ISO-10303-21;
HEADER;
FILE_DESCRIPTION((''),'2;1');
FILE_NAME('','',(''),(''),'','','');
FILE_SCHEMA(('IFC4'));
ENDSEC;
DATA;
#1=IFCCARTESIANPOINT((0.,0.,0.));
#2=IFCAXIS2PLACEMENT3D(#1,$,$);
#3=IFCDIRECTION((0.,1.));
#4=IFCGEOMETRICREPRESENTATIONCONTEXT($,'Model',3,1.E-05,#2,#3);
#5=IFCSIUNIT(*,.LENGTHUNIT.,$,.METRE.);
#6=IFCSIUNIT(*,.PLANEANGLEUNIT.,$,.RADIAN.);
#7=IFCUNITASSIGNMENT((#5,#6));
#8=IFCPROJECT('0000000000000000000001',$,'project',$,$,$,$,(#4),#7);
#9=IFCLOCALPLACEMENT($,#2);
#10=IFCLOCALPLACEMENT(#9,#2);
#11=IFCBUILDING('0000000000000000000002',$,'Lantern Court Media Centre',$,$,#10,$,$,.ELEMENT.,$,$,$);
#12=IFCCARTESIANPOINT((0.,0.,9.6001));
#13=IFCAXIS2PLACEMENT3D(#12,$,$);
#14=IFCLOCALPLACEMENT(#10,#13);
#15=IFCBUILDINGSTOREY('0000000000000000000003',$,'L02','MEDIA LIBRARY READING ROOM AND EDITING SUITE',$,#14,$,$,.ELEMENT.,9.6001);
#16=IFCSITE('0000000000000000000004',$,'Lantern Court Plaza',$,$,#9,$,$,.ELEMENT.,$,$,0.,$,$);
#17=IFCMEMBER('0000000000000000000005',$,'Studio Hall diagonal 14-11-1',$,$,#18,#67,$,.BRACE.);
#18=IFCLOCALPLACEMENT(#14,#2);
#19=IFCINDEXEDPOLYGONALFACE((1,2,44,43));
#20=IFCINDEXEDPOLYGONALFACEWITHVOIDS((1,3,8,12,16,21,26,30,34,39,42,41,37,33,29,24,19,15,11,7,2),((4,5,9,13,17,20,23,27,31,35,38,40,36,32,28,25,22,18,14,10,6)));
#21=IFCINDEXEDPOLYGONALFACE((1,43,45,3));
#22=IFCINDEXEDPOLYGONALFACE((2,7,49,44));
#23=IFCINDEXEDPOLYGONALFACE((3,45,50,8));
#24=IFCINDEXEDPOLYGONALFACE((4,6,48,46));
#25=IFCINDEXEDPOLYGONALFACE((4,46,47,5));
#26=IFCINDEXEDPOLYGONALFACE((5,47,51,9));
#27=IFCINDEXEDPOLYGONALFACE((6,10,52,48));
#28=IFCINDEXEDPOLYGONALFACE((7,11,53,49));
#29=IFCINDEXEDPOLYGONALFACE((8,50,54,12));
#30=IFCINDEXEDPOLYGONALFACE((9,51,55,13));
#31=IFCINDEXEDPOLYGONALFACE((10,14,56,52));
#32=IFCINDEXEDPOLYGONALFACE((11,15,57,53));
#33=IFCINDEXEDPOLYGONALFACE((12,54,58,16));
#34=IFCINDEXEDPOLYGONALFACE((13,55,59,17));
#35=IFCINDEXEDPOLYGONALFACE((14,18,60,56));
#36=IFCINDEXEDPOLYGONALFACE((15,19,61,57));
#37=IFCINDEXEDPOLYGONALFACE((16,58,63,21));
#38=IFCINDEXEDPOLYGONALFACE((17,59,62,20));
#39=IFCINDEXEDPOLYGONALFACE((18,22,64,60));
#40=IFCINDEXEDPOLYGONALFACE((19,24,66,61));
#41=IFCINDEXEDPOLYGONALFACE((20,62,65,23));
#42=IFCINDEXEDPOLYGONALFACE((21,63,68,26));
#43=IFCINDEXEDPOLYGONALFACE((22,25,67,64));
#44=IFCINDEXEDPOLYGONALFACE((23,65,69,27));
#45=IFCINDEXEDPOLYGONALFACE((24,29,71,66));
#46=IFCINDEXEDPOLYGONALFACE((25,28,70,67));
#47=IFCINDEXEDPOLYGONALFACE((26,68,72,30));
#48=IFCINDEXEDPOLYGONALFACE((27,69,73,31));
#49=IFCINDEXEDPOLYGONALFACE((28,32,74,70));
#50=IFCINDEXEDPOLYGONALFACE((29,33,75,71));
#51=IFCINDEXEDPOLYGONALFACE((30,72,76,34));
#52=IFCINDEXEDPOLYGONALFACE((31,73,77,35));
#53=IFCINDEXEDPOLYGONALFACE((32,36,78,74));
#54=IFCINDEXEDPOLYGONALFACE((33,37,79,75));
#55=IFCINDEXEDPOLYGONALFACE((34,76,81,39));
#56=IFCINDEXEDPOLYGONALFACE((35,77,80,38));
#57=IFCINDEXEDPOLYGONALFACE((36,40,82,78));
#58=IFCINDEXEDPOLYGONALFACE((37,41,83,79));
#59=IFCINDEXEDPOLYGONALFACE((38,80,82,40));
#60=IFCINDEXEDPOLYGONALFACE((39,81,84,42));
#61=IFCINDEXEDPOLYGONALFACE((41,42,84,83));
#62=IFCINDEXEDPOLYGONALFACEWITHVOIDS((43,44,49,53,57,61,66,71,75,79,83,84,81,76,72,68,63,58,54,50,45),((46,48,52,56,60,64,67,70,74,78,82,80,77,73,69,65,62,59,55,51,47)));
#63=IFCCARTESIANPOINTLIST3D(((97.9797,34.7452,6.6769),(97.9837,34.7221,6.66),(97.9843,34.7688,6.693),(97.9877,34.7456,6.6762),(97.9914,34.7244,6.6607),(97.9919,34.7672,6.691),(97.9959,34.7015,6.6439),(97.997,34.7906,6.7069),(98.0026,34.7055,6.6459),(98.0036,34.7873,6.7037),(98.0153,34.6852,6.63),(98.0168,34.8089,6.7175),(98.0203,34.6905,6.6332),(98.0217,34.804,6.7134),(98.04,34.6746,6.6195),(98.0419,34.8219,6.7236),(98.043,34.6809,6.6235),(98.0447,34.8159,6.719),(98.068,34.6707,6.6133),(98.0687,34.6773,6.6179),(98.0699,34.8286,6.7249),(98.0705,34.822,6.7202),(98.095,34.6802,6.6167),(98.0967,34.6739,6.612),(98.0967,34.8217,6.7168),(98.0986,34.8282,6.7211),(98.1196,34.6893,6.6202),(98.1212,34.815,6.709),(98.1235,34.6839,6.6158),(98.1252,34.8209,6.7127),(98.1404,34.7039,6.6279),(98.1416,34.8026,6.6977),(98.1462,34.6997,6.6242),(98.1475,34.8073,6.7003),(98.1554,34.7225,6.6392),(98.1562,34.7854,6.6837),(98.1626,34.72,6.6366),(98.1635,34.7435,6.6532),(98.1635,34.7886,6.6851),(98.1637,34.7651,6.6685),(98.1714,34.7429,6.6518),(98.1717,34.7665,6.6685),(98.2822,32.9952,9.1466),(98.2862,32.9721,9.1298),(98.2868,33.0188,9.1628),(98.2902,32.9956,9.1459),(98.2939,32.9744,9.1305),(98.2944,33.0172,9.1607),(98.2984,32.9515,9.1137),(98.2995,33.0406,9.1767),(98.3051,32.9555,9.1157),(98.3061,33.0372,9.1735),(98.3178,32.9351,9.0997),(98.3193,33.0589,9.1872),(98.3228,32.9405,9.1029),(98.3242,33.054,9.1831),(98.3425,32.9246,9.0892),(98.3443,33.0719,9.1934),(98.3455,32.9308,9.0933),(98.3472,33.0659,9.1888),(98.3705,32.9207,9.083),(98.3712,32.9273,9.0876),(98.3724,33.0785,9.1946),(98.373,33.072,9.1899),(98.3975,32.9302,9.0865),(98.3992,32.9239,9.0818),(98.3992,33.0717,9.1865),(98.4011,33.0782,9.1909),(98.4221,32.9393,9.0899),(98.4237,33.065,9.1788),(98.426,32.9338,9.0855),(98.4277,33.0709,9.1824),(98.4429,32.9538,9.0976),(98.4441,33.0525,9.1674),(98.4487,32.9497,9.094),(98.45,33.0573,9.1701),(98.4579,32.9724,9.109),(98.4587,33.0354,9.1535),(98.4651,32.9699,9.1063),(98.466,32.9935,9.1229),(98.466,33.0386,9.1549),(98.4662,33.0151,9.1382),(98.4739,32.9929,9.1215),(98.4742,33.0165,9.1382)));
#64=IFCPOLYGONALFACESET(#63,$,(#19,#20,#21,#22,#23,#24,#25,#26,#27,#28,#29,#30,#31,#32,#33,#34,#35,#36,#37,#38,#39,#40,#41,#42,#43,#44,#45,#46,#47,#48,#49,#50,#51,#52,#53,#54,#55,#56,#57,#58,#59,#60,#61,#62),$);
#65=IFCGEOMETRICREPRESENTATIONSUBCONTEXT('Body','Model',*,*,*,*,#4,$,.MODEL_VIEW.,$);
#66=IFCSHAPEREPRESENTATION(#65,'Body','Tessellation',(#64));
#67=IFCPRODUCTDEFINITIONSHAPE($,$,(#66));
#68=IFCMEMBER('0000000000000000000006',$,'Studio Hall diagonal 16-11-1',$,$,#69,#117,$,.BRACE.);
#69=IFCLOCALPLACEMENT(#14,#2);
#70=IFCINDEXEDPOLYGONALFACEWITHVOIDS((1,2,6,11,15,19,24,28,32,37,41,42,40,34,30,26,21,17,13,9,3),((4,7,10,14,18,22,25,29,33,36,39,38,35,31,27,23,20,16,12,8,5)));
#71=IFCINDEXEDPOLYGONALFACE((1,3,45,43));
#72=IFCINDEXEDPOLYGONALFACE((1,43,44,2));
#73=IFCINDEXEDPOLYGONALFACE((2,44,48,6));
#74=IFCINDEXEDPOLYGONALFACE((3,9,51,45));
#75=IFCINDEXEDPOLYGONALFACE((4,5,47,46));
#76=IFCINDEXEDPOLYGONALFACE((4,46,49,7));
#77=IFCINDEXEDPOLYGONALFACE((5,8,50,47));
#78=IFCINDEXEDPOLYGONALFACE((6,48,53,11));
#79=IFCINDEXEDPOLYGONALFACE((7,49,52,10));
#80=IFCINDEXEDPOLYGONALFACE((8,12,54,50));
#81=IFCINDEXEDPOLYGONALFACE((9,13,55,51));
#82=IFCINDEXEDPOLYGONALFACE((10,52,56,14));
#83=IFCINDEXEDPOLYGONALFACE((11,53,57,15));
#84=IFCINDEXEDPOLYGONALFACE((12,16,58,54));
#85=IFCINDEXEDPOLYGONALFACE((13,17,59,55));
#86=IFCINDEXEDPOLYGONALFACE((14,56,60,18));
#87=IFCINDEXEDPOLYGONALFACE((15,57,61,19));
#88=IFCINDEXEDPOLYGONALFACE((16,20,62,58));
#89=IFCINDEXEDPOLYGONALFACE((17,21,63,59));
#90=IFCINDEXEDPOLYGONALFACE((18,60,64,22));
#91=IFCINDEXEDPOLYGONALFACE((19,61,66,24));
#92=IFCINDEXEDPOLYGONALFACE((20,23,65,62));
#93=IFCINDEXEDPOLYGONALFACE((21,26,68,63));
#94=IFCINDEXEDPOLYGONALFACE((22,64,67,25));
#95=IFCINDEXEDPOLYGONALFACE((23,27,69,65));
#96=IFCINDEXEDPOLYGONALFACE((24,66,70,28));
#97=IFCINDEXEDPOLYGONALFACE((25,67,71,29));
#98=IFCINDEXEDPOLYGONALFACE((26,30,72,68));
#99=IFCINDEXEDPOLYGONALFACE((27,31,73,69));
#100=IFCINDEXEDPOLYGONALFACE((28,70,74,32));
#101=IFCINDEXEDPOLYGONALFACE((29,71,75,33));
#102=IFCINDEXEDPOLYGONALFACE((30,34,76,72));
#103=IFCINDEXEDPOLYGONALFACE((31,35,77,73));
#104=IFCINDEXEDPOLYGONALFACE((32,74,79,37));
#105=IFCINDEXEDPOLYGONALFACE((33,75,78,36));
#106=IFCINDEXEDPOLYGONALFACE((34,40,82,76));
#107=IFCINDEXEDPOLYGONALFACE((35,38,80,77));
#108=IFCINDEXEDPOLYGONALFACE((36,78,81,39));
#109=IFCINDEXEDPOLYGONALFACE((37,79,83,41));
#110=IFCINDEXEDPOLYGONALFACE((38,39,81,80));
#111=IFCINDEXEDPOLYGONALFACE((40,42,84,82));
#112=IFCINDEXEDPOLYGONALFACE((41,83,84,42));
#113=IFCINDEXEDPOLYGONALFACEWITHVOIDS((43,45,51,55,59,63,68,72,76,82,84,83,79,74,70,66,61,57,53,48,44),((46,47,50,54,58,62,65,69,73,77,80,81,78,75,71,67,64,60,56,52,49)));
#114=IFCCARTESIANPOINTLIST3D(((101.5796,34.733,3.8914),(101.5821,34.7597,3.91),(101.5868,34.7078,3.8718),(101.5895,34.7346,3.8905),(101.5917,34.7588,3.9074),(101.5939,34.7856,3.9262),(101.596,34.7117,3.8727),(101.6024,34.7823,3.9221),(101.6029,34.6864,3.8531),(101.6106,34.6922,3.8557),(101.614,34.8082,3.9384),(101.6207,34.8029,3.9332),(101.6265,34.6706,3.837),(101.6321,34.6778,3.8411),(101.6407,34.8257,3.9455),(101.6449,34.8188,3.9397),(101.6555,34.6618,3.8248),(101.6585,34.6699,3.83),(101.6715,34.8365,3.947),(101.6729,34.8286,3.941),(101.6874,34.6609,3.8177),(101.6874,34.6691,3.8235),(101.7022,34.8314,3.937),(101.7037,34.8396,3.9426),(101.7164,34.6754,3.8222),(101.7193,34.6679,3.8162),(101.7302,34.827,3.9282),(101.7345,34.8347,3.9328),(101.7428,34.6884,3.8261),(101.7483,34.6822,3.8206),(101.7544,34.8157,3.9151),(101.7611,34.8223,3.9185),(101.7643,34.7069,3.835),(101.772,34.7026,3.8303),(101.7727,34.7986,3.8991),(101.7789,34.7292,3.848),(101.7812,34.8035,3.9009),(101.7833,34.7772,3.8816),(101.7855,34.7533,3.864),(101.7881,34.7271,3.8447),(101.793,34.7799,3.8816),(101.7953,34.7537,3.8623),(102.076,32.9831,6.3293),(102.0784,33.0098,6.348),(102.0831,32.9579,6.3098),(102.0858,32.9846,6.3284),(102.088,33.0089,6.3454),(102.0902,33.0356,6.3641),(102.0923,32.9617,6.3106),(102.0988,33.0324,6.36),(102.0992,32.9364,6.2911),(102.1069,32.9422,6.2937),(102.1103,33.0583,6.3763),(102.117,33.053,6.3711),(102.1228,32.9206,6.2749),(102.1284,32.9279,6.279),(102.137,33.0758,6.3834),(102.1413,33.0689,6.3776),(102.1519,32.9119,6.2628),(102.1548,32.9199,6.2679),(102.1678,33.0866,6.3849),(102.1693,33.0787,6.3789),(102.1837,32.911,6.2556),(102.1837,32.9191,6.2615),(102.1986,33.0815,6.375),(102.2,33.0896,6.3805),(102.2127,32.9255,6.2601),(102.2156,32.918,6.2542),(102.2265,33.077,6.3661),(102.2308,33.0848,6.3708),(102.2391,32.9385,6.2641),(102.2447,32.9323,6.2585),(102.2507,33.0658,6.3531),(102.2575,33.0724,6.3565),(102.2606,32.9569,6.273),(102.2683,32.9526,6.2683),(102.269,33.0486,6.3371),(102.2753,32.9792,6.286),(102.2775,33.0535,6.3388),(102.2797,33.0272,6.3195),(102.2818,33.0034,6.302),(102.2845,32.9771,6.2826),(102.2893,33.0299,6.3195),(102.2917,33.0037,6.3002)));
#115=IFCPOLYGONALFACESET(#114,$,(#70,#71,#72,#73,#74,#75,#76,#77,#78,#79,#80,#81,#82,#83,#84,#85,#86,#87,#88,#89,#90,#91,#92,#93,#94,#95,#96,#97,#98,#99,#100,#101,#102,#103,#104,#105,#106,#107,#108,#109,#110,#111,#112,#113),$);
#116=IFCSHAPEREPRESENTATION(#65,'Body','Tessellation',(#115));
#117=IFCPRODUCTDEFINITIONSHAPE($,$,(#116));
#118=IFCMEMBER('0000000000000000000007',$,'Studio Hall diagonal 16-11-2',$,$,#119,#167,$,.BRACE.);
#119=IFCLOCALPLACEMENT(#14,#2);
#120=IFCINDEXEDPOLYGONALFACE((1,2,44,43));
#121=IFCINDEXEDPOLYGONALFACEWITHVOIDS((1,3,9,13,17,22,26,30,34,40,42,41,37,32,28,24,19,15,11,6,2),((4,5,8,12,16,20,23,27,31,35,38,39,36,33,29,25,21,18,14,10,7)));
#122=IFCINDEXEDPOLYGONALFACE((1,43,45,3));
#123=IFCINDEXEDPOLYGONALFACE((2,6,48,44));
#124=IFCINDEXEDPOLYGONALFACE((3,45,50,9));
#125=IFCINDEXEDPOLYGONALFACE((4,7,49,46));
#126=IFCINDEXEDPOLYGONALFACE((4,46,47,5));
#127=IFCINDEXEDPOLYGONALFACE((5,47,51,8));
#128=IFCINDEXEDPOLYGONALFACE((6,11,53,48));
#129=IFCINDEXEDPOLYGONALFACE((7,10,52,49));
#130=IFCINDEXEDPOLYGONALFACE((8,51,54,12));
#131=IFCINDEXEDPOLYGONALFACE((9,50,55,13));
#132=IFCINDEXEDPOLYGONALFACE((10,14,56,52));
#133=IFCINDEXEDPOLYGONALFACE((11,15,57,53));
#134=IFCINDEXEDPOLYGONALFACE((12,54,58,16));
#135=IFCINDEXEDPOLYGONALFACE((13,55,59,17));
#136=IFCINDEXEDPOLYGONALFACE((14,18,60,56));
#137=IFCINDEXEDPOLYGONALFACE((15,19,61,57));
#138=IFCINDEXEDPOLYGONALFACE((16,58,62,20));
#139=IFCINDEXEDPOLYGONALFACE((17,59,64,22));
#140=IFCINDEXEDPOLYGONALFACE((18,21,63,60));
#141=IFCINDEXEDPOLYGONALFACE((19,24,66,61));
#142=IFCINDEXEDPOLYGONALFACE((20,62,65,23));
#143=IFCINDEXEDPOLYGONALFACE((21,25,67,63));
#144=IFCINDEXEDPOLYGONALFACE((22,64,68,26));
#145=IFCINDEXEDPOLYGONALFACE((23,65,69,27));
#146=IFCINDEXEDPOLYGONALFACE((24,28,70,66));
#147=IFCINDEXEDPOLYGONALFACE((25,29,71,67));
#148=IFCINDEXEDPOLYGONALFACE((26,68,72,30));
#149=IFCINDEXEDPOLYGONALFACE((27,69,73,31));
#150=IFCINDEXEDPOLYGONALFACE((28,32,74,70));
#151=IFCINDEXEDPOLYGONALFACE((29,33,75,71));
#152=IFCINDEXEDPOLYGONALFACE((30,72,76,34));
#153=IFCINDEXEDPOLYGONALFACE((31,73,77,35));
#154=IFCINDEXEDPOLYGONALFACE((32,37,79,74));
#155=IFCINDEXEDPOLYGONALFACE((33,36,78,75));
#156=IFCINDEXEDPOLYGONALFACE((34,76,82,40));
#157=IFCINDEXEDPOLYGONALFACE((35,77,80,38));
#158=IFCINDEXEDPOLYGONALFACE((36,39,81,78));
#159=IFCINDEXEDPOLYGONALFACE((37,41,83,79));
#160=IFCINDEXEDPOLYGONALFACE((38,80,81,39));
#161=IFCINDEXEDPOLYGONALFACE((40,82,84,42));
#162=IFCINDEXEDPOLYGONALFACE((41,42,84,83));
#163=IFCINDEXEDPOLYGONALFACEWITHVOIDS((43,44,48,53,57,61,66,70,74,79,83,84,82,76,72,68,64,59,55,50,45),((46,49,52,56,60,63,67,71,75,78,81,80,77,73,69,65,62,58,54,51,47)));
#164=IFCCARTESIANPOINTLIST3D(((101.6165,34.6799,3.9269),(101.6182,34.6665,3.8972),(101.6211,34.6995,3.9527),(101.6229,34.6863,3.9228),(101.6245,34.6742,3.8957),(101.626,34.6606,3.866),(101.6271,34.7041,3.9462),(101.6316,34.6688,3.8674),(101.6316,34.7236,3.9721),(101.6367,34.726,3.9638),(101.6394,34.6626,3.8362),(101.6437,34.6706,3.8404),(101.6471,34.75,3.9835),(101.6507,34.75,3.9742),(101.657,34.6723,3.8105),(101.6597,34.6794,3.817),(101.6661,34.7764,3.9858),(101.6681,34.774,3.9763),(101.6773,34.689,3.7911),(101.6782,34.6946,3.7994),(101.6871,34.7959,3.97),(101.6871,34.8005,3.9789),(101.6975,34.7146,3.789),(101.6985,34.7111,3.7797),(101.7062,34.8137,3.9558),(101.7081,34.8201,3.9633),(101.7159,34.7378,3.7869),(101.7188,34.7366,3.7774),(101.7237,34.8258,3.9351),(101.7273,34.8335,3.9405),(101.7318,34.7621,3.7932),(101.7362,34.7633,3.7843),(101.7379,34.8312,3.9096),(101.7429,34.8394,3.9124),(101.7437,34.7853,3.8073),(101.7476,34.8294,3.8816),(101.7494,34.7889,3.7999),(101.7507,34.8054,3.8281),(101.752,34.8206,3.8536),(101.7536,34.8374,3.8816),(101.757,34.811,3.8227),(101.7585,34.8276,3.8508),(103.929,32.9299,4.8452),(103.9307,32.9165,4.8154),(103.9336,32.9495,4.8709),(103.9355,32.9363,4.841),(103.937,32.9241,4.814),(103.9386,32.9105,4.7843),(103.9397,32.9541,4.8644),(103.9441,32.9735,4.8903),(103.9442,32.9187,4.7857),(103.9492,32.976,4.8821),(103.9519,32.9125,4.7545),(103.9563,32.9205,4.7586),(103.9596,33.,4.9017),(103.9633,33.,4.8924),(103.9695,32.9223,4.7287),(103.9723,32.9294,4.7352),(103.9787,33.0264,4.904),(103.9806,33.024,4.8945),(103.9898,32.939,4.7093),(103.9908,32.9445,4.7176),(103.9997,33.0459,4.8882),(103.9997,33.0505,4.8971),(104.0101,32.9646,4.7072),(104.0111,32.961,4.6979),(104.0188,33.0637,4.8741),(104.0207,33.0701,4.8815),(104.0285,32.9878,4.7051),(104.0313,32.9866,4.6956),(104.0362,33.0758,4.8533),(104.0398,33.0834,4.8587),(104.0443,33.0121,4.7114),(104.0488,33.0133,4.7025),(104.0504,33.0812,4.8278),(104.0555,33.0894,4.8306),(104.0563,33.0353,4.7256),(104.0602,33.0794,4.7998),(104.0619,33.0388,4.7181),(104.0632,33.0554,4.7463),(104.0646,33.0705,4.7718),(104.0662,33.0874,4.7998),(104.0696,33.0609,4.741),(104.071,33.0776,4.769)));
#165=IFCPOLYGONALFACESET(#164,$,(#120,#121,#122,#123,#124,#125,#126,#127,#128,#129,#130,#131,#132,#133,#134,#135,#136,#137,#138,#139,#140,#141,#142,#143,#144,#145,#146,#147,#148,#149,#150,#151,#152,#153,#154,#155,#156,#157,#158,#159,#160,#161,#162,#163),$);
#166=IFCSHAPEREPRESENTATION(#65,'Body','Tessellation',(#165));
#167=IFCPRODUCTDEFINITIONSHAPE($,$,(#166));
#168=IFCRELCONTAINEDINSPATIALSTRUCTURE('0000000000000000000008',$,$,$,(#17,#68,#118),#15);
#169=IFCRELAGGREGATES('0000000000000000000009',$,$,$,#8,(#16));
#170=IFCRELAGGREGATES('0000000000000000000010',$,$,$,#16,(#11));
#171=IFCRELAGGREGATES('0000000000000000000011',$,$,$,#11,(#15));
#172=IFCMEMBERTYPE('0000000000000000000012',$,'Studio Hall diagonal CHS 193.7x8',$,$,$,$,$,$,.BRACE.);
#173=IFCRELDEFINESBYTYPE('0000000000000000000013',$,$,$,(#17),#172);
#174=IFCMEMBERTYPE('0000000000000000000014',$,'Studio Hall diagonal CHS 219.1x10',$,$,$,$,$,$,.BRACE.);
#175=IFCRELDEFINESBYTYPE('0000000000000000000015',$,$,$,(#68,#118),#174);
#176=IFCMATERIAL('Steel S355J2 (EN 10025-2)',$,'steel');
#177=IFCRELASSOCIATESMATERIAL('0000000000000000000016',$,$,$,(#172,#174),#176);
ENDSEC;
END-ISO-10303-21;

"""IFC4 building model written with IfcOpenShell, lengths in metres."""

from ifc_helpers import new_model, si_unit, direction, frame, origin, origin_2d, place, context, subcontext, project, spatial, hollow_circle, extrude, material, material_profile, profile_set, type_object, element, save


model = new_model("IFC4")

# Units and contexts
model_context = context("Model", 3, precision=1e-05, world=origin(), true_north=direction((0.0, 1.0)))
body_context = subcontext(model_context, "Body", "Model", "MODEL_VIEW")
ifc_project = project(units=[si_unit("LENGTHUNIT", "METRE"), si_unit("PLANEANGLEUNIT", "RADIAN")], contexts=[model_context])

# Site, building, storey
site_placement = place(None, origin())
site = spatial("IfcSite", under=ifc_project, at=site_placement, Name="Lantern Court Plaza", CompositionType="ELEMENT", RefElevation=0.0)
building_placement = place(site_placement, origin())
building = spatial("IfcBuilding", under=site, at=building_placement, Name="Lantern Court Media Centre", CompositionType="ELEMENT")
storey_placement = place(building_placement, frame((0.0, 0.0, 9.6001)))
storey = spatial("IfcBuildingStorey", under=building, at=storey_placement, Name="L02", Description="MEDIA LIBRARY READING ROOM AND EDITING SUITE", CompositionType="ELEMENT", Elevation=9.6001)

# Members
ifc_material_1 = material(Name="Steel S355J2 (EN 10025-2)", Category="steel")
ifc_material_profile_1 = material_profile(ifc_material_1, hollow_circle(Radius=0.0969, WallThickness=0.0081, at=origin_2d()), Name="Studio Hall diagonal CHS 193.7x8")
ifc_profile_set_1 = profile_set([ifc_material_profile_1], Name="Steel S355J2 (EN 10025-2)")
member_type_1 = type_object("IfcMemberType", Name="Studio Hall diagonal CHS 193.7x8", PredefinedType="BRACE", material=ifc_profile_set_1)
member_1_placement = place(storey_placement, frame((98.0762, 34.75, 6.6685), z_axis=(0.099439, -0.575286, 0.811885), x_axis=(0.985388, 0.170326, 0.0)))
element("IfcMember", 1, at=member_1_placement, inside=storey, type_object=member_type_1, Name="Studio Hall diagonal 14-11-1", PredefinedType="BRACE", context=body_context, shape_type="SweptSolid", body=[
    extrude(hollow_circle(Radius=0.0969, WallThickness=0.0081, at=origin_2d()), origin(), (0.0, 0.0, 1.0), 3.042),
])
ifc_material_profile_2 = material_profile(ifc_material_1, hollow_circle(Radius=0.1096, WallThickness=0.01, at=origin_2d()), Name="Studio Hall diagonal CHS 219.1x10")
ifc_profile_set_2 = profile_set([ifc_material_profile_2], Name="Steel S355J2 (EN 10025-2)")
member_type_2 = type_object("IfcMemberType", Name="Studio Hall diagonal CHS 219.1x10", PredefinedType="BRACE", material=ifc_profile_set_2)
member_2_placement = place(storey_placement, frame((101.6875, 34.75, 3.8816), z_axis=(0.163172, -0.575314, 0.801491), x_axis=(0.962054, 0.272859, 0.0)))
element("IfcMember", 2, at=member_2_placement, inside=storey, type_object=member_type_2, Name="Studio Hall diagonal 16-11-1", PredefinedType="BRACE", context=body_context, shape_type="SweptSolid", body=[
    extrude(hollow_circle(Radius=0.1096, WallThickness=0.01, at=origin_2d()), origin(), (0.0, 0.0, 1.0), 3.0417),
])
for number, where, z_axis, x_axis, name in (
    (3, (101.6875, 34.75, 3.8816), (0.760211, -0.575295, 0.301853), (0.603443, 0.797406, 0.0), "Studio Hall diagonal 16-11-2"),
):
    element("IfcMember", number, at=place(storey_placement, frame(where, z_axis=z_axis, x_axis=x_axis)), inside=storey, type_object=member_type_2, Name=name, PredefinedType="BRACE", context=body_context, shape_type="SweptSolid", body=[
        extrude(hollow_circle(Radius=0.1096, WallThickness=0.01, at=origin_2d()), origin(), (0.0, 0.0, 1.0), 3.042),
    ])

save(model, "model.ifc")
